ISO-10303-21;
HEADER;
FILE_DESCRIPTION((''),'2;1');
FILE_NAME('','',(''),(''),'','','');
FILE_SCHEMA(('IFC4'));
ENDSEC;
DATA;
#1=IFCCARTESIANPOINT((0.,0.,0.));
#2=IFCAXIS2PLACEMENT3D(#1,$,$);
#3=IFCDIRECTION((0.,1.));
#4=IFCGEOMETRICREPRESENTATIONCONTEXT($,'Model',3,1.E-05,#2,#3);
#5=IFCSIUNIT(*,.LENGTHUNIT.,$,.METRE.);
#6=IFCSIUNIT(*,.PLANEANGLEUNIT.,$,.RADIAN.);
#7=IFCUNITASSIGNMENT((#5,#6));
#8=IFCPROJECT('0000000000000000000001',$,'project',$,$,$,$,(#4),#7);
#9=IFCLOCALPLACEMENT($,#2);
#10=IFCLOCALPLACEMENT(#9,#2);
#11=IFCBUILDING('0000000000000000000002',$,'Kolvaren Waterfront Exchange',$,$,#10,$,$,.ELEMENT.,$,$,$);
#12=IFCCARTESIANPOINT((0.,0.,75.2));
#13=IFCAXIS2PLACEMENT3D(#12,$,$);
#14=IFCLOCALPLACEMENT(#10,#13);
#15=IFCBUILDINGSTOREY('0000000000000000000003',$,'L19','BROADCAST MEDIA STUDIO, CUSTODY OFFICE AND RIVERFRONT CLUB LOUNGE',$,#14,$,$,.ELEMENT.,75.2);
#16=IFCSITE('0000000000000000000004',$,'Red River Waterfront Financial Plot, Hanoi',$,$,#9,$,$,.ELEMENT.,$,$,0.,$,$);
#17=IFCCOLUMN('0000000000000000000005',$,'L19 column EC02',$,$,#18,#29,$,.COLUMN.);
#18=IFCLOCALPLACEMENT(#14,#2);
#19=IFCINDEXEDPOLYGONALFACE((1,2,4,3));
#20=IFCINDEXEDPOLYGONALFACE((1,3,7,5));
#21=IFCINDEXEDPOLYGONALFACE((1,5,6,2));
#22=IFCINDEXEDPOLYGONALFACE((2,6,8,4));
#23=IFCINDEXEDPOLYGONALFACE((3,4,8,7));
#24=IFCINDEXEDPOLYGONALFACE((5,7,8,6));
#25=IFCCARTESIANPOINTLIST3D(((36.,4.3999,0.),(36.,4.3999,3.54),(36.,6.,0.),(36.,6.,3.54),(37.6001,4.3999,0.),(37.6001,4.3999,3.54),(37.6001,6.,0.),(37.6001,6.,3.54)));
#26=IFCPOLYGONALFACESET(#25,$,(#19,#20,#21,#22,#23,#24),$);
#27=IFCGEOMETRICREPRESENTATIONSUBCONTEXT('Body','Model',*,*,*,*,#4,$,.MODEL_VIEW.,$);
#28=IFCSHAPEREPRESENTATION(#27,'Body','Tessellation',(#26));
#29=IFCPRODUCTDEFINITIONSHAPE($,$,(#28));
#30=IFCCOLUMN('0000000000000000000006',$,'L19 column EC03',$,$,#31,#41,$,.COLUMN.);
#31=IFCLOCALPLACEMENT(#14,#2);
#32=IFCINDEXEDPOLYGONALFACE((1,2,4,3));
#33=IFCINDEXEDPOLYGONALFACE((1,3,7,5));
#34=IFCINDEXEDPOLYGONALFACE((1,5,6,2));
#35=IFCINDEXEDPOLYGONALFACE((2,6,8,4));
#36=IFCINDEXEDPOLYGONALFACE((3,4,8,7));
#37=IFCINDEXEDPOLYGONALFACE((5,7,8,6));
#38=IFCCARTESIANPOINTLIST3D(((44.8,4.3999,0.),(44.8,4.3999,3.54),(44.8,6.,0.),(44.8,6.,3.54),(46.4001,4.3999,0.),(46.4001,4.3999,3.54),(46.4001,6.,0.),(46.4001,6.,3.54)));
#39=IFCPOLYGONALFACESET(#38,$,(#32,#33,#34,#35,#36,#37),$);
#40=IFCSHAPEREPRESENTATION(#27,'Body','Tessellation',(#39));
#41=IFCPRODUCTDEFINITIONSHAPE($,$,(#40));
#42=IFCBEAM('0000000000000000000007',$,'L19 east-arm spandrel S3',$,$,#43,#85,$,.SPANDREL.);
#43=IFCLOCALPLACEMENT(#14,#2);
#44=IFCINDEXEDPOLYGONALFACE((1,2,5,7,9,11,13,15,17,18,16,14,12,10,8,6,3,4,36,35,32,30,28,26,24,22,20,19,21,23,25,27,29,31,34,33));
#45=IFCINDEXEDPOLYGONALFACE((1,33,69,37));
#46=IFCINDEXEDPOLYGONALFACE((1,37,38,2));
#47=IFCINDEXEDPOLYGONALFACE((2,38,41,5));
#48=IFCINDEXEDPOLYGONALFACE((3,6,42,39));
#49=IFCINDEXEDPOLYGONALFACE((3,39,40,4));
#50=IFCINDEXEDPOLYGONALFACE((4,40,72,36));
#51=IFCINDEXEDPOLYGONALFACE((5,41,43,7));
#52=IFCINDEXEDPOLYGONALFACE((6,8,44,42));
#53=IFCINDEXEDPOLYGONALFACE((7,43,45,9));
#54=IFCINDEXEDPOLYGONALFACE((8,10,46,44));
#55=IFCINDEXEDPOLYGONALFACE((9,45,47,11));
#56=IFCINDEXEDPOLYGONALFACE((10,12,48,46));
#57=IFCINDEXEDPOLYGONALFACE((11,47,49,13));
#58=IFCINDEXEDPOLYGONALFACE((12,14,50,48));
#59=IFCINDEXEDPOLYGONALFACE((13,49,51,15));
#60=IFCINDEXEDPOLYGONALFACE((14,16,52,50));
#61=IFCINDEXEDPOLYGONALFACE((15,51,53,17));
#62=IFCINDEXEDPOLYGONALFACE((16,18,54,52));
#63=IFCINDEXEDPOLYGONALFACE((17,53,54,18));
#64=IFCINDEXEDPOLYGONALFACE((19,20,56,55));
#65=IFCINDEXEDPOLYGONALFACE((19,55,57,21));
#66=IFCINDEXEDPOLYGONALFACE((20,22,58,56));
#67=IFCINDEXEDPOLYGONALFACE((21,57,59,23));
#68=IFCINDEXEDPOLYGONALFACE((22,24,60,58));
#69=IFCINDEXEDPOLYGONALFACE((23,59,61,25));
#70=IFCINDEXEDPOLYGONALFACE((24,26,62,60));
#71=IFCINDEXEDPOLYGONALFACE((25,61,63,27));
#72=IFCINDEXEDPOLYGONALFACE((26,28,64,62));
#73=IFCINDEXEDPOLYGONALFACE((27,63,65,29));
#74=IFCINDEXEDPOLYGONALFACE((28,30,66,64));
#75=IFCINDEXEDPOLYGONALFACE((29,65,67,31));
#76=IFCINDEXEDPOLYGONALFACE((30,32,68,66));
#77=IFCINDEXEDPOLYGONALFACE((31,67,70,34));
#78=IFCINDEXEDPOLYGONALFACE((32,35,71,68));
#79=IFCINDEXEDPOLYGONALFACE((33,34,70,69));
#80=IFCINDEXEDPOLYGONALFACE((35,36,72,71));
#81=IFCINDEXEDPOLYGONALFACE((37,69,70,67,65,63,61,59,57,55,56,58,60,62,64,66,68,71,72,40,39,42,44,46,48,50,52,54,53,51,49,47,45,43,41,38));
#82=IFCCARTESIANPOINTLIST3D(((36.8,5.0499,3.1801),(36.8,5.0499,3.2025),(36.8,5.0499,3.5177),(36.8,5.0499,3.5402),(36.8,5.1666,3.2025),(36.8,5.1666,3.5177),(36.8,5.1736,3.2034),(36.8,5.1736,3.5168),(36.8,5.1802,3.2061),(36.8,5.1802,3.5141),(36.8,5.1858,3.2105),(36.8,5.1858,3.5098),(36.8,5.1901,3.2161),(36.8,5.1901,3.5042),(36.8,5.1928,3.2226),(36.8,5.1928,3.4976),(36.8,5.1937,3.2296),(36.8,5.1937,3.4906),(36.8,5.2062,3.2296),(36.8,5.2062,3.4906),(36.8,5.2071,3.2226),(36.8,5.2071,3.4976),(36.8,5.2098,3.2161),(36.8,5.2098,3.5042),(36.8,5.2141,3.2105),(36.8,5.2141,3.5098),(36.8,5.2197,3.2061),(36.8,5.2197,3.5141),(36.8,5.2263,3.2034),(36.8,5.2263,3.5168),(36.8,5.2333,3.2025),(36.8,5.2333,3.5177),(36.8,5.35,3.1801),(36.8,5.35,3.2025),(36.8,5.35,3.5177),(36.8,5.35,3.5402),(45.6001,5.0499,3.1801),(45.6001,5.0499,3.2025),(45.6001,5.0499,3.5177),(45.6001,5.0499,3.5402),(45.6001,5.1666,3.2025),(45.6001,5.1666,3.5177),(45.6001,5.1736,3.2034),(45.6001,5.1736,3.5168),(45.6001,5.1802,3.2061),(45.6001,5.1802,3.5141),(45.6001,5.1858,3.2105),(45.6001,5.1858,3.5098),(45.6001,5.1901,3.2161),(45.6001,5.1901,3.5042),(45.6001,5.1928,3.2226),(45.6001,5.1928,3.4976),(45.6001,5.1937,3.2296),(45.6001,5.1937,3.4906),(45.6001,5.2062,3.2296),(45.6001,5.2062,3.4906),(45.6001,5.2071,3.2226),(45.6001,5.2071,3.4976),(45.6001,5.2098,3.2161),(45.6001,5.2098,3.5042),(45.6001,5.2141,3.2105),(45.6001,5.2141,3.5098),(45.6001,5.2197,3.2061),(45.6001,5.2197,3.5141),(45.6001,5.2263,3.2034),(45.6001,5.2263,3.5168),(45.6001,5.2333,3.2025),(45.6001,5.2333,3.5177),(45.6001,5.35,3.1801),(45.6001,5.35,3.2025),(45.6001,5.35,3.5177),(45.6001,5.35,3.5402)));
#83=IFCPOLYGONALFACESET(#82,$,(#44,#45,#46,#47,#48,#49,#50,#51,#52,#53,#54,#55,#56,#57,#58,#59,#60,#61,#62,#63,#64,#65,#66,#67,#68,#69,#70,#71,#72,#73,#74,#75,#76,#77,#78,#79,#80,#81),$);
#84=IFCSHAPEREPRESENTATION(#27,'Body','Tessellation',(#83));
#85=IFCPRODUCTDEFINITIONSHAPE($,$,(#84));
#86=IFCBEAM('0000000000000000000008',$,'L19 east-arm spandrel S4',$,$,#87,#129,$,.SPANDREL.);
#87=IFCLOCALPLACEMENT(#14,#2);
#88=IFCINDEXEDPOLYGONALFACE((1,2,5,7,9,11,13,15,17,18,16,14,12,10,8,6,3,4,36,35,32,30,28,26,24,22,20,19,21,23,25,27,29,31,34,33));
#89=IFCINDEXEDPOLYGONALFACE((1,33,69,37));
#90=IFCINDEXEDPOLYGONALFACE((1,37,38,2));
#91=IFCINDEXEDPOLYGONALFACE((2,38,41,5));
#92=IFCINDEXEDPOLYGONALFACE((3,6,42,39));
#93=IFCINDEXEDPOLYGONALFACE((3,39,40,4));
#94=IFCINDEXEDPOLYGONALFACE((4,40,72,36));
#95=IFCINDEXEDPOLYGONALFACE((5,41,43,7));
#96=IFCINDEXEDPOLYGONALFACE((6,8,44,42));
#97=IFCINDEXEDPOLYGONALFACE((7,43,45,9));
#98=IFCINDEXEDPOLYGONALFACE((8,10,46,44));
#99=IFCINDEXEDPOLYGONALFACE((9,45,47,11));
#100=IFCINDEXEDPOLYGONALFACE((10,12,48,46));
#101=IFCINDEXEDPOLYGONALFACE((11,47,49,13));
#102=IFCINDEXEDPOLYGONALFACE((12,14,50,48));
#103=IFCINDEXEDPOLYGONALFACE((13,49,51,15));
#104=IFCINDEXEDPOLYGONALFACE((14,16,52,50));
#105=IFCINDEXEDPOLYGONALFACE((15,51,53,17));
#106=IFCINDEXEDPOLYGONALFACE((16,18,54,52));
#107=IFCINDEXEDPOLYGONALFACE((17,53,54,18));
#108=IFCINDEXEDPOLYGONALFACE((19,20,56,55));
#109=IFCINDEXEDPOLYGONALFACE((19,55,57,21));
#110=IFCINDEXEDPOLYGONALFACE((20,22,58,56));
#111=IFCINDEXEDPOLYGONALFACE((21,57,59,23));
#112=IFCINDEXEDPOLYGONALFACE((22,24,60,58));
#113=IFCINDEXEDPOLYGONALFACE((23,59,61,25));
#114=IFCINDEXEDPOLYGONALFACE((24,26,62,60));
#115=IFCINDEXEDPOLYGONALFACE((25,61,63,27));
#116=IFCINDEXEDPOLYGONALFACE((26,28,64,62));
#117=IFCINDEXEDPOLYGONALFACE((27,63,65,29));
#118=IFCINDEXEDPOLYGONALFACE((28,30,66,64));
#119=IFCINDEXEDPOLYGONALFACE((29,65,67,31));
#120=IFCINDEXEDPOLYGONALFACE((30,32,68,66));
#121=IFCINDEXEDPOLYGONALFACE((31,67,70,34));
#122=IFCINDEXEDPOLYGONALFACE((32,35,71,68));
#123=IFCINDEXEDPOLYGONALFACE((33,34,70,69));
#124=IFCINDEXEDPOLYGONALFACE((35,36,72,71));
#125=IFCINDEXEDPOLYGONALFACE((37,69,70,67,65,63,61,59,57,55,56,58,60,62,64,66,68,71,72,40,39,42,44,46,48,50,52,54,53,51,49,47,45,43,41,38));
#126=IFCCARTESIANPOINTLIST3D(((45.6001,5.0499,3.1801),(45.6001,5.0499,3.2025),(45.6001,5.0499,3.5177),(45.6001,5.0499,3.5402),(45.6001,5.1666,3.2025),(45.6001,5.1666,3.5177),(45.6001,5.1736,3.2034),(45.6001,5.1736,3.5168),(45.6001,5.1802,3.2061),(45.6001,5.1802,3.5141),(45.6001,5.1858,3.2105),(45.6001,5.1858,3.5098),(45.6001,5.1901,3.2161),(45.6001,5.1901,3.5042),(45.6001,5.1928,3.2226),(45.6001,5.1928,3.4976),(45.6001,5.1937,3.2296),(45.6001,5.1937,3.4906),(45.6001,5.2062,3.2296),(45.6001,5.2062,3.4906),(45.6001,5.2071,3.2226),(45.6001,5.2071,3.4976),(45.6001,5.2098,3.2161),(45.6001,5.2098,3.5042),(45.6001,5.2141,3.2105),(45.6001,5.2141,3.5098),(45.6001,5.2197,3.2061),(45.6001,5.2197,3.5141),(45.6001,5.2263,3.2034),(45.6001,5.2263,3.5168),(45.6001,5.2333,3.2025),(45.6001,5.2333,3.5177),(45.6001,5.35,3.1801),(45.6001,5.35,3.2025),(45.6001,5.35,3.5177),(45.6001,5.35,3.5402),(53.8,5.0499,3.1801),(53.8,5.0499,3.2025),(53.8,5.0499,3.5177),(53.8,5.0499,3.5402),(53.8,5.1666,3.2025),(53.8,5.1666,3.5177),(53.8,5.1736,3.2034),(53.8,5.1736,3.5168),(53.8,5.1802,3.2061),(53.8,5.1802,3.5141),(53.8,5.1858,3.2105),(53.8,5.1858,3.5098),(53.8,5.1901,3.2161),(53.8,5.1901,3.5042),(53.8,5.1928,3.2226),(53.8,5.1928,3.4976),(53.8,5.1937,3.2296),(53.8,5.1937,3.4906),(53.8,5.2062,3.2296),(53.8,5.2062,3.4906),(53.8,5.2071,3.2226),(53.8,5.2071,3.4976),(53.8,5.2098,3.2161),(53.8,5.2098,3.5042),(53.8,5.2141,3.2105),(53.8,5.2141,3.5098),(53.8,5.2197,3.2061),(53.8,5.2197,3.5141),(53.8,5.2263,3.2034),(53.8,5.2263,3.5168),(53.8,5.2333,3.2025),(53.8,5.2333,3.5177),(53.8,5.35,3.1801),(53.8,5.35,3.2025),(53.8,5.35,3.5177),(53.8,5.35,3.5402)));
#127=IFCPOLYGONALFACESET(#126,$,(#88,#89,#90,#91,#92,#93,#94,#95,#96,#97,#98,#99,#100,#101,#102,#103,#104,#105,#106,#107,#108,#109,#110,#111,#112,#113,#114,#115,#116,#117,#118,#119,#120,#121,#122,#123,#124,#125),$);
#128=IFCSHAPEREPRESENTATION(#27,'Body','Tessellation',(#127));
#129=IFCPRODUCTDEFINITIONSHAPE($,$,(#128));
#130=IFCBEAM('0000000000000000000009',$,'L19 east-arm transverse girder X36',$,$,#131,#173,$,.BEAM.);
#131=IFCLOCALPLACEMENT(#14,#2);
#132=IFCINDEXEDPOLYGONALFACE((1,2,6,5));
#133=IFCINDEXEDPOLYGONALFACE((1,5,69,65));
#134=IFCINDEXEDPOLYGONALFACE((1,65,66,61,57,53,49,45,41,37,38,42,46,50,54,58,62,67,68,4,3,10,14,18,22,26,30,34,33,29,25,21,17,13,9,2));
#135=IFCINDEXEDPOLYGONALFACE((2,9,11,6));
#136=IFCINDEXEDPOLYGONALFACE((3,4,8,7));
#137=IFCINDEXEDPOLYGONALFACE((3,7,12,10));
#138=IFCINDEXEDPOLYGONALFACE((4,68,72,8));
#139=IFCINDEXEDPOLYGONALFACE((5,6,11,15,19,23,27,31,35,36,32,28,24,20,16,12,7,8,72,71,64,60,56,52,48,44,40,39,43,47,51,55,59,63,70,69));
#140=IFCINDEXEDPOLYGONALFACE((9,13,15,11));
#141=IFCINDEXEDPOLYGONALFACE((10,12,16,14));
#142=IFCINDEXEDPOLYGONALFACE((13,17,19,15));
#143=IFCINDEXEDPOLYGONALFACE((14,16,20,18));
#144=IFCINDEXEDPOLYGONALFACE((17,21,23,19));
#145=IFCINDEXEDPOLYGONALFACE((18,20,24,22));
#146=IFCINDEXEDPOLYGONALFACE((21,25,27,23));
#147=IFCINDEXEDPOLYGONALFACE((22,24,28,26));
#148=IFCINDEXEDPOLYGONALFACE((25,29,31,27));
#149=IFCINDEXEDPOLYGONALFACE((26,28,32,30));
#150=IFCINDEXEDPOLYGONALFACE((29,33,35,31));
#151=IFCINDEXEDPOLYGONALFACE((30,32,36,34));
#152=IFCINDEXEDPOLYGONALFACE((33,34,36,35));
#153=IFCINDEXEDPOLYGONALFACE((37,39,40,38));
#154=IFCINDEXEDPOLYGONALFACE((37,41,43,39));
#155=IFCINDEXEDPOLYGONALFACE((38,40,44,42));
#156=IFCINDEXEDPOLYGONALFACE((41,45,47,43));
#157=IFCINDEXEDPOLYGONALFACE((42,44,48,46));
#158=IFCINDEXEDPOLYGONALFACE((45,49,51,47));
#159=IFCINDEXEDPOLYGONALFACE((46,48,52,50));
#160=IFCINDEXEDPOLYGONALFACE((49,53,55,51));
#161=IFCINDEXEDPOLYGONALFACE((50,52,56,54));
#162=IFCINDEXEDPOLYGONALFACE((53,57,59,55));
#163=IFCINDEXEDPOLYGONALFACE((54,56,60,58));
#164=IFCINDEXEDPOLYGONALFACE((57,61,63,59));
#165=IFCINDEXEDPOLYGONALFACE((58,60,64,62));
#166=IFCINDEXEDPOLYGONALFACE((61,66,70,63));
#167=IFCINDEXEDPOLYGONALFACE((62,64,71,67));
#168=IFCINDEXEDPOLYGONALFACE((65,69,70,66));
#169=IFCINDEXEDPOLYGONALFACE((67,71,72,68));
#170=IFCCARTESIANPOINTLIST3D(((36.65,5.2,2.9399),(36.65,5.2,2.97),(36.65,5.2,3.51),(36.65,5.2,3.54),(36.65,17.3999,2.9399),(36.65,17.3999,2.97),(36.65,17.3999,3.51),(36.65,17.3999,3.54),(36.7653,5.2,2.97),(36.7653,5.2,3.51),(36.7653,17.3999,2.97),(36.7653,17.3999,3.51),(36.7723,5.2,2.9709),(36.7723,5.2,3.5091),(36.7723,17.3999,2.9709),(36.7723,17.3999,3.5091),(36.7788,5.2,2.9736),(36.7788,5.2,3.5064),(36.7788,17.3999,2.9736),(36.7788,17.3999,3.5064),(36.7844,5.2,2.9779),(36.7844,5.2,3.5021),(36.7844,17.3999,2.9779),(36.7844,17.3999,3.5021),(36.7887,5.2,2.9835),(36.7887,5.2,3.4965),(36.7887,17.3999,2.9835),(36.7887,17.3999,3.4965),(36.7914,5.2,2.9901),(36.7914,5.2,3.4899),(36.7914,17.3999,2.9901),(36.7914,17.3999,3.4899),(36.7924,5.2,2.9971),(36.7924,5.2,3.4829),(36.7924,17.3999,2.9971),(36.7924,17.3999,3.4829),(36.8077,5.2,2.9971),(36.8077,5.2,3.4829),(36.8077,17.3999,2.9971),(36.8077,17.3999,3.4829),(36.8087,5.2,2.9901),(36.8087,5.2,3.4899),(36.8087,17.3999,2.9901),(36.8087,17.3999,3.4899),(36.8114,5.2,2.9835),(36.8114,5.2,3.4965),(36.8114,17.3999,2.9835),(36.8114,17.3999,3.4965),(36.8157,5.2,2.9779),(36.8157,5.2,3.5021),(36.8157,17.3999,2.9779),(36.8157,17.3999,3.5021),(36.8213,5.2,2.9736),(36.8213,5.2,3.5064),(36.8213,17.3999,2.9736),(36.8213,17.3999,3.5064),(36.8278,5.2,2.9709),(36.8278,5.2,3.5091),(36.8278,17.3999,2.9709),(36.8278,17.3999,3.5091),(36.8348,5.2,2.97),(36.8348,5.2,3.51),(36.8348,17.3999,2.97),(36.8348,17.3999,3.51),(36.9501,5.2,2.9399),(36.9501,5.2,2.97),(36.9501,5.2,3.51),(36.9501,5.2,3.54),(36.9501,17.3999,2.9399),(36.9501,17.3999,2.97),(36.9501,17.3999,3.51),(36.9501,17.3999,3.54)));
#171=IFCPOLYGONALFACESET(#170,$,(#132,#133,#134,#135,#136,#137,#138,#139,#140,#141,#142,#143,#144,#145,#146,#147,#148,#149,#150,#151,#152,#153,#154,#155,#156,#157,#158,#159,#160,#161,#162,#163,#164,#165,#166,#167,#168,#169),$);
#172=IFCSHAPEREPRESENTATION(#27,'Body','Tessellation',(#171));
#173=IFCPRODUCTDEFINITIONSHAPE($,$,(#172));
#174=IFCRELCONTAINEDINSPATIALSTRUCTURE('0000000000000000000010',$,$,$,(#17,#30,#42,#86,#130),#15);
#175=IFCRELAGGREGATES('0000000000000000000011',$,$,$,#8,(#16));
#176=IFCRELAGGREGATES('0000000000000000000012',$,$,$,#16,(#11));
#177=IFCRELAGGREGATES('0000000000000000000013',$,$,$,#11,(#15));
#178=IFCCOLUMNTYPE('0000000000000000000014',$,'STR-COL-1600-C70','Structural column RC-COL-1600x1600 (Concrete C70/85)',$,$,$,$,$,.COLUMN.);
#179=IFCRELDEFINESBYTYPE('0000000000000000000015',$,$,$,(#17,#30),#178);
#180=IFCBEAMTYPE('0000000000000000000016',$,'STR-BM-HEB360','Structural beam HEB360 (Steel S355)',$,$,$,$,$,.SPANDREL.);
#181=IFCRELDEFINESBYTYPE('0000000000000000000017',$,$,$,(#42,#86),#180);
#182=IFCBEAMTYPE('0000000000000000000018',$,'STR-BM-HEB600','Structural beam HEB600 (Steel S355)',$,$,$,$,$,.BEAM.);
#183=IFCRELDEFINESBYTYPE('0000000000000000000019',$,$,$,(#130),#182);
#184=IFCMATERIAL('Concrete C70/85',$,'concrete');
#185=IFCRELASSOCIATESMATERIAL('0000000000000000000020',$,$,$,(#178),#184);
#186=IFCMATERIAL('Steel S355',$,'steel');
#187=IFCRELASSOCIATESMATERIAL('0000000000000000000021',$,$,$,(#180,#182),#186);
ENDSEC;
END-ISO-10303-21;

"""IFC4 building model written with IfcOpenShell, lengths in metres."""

from ifc_helpers import new_model, si_unit, direction, frame, origin, origin_2d, place, context, subcontext, project, spatial, rectangle, i_section, extrude, material, material_profile, profile_set, type_object, element, save


model = new_model("IFC4")

# Units and contexts
model_context = context("Model", 3, precision=1e-05, world=origin(), true_north=direction((0.0, 1.0)))
body_context = subcontext(model_context, "Body", "Model", "MODEL_VIEW")
ifc_project = project(units=[si_unit("LENGTHUNIT", "METRE"), si_unit("PLANEANGLEUNIT", "RADIAN")], contexts=[model_context])

# Site, building, storey
site_placement = place(None, origin())
site = spatial("IfcSite", under=ifc_project, at=site_placement, Name="Red River Waterfront Financial Plot, Hanoi", CompositionType="ELEMENT", RefElevation=0.0)
building_placement = place(site_placement, origin())
building = spatial("IfcBuilding", under=site, at=building_placement, Name="Kolvaren Waterfront Exchange", CompositionType="ELEMENT")
storey_placement = place(building_placement, frame((0.0, 0.0, 75.2)))
storey = spatial("IfcBuildingStorey", under=building, at=storey_placement, Name="L19", Description="BROADCAST MEDIA STUDIO, CUSTODY OFFICE AND RIVERFRONT CLUB LOUNGE", CompositionType="ELEMENT", Elevation=75.2)

# Columns
ifc_material_1 = material(Name="Concrete C70/85", Category="concrete")
ifc_material_profile_1 = material_profile(ifc_material_1, rectangle(XDim=1.6001, YDim=1.6001, at=origin_2d()), Name="RC-COL-1600x1600")
ifc_profile_set_1 = profile_set([ifc_material_profile_1], Name="Concrete C70/85")
column_type = type_object("IfcColumnType", Name="STR-COL-1600-C70", Description="Structural column RC-COL-1600x1600 (Concrete C70/85)", PredefinedType="COLUMN", material=ifc_profile_set_1)
for number, where, z_axis, x_axis, name in (
    (1, (36.8, 5.2, 0.0), (0.0, 0.0, 1.0), (1.0, 0.0, 0.0), "L19 column EC02"),
    (2, (45.6001, 5.2, 0.0), (0.0, 0.0, 1.0), (1.0, 0.0, 0.0), "L19 column EC03"),
):
    element("IfcColumn", number, at=place(storey_placement, frame(where, z_axis=z_axis, x_axis=x_axis)), inside=storey, type_object=column_type, Name=name, PredefinedType="COLUMN", context=body_context, shape_type="SweptSolid", body=[
        extrude(rectangle(XDim=1.6001, YDim=1.6001, at=origin_2d()), origin(), (0.0, 0.0, 1.0), 3.54),
    ])

# Beams
ifc_material_2 = material(Name="Steel S355", Category="steel")
ifc_material_profile_2 = material_profile(ifc_material_2, i_section(OverallWidth=0.3, OverallDepth=0.3601, WebThickness=0.0125, FlangeThickness=0.0225, FilletRadius=0.0271, at=origin_2d()), Name="HEB360")
ifc_profile_set_2 = profile_set([ifc_material_profile_2], Name="Steel S355")
beam_type_1 = type_object("IfcBeamType", Name="STR-BM-HEB360", Description="Structural beam HEB360 (Steel S355)", PredefinedType="SPANDREL", material=ifc_profile_set_2)
beam_1_placement = place(storey_placement, frame((36.8, 5.2, 3.3601), z_axis=(1.0, 0.0, 0.0), x_axis=(0.0, 1.0, 0.0)))
element("IfcBeam", 3, at=beam_1_placement, inside=storey, type_object=beam_type_1, Name="L19 east-arm spandrel S3", PredefinedType="SPANDREL", context=body_context, shape_type="SweptSolid", body=[
    extrude(i_section(OverallWidth=0.3, OverallDepth=0.3601, WebThickness=0.0125, FlangeThickness=0.0225, FilletRadius=0.0271, at=origin_2d()), origin(), (0.0, 0.0, 1.0), 8.8),
])
beam_2_placement = place(storey_placement, frame((45.6001, 5.2, 3.3601), z_axis=(1.0, 0.0, 0.0), x_axis=(0.0, 1.0, 0.0)))
element("IfcBeam", 4, at=beam_2_placement, inside=storey, type_object=beam_type_1, Name="L19 east-arm spandrel S4", PredefinedType="SPANDREL", context=body_context, shape_type="SweptSolid", body=[
    extrude(i_section(OverallWidth=0.3, OverallDepth=0.3601, WebThickness=0.0125, FlangeThickness=0.0225, FilletRadius=0.0271, at=origin_2d()), origin(), (0.0, 0.0, 1.0), 8.2),
])
ifc_material_profile_3 = material_profile(ifc_material_2, i_section(OverallWidth=0.3, OverallDepth=0.6001, WebThickness=0.0154, FlangeThickness=0.03, FilletRadius=0.0271, at=origin_2d()), Name="HEB600")
ifc_profile_set_3 = profile_set([ifc_material_profile_3], Name="Steel S355")
beam_type_2 = type_object("IfcBeamType", Name="STR-BM-HEB600", Description="Structural beam HEB600 (Steel S355)", PredefinedType="BEAM", material=ifc_profile_set_3)
beam_3_placement = place(storey_placement, frame((36.8, 5.2, 3.24), z_axis=(0.0, 1.0, 0.0), x_axis=(-1.0, 0.0, 0.0)))
element("IfcBeam", 5, at=beam_3_placement, inside=storey, type_object=beam_type_2, Name="L19 east-arm transverse girder X36", PredefinedType="BEAM", context=body_context, shape_type="SweptSolid", body=[
    extrude(i_section(OverallWidth=0.3, OverallDepth=0.6001, WebThickness=0.0154, FlangeThickness=0.03, FilletRadius=0.0271, at=origin_2d()), origin(), (0.0, 0.0, 1.0), 12.2),
])

save(model, "model.ifc")
